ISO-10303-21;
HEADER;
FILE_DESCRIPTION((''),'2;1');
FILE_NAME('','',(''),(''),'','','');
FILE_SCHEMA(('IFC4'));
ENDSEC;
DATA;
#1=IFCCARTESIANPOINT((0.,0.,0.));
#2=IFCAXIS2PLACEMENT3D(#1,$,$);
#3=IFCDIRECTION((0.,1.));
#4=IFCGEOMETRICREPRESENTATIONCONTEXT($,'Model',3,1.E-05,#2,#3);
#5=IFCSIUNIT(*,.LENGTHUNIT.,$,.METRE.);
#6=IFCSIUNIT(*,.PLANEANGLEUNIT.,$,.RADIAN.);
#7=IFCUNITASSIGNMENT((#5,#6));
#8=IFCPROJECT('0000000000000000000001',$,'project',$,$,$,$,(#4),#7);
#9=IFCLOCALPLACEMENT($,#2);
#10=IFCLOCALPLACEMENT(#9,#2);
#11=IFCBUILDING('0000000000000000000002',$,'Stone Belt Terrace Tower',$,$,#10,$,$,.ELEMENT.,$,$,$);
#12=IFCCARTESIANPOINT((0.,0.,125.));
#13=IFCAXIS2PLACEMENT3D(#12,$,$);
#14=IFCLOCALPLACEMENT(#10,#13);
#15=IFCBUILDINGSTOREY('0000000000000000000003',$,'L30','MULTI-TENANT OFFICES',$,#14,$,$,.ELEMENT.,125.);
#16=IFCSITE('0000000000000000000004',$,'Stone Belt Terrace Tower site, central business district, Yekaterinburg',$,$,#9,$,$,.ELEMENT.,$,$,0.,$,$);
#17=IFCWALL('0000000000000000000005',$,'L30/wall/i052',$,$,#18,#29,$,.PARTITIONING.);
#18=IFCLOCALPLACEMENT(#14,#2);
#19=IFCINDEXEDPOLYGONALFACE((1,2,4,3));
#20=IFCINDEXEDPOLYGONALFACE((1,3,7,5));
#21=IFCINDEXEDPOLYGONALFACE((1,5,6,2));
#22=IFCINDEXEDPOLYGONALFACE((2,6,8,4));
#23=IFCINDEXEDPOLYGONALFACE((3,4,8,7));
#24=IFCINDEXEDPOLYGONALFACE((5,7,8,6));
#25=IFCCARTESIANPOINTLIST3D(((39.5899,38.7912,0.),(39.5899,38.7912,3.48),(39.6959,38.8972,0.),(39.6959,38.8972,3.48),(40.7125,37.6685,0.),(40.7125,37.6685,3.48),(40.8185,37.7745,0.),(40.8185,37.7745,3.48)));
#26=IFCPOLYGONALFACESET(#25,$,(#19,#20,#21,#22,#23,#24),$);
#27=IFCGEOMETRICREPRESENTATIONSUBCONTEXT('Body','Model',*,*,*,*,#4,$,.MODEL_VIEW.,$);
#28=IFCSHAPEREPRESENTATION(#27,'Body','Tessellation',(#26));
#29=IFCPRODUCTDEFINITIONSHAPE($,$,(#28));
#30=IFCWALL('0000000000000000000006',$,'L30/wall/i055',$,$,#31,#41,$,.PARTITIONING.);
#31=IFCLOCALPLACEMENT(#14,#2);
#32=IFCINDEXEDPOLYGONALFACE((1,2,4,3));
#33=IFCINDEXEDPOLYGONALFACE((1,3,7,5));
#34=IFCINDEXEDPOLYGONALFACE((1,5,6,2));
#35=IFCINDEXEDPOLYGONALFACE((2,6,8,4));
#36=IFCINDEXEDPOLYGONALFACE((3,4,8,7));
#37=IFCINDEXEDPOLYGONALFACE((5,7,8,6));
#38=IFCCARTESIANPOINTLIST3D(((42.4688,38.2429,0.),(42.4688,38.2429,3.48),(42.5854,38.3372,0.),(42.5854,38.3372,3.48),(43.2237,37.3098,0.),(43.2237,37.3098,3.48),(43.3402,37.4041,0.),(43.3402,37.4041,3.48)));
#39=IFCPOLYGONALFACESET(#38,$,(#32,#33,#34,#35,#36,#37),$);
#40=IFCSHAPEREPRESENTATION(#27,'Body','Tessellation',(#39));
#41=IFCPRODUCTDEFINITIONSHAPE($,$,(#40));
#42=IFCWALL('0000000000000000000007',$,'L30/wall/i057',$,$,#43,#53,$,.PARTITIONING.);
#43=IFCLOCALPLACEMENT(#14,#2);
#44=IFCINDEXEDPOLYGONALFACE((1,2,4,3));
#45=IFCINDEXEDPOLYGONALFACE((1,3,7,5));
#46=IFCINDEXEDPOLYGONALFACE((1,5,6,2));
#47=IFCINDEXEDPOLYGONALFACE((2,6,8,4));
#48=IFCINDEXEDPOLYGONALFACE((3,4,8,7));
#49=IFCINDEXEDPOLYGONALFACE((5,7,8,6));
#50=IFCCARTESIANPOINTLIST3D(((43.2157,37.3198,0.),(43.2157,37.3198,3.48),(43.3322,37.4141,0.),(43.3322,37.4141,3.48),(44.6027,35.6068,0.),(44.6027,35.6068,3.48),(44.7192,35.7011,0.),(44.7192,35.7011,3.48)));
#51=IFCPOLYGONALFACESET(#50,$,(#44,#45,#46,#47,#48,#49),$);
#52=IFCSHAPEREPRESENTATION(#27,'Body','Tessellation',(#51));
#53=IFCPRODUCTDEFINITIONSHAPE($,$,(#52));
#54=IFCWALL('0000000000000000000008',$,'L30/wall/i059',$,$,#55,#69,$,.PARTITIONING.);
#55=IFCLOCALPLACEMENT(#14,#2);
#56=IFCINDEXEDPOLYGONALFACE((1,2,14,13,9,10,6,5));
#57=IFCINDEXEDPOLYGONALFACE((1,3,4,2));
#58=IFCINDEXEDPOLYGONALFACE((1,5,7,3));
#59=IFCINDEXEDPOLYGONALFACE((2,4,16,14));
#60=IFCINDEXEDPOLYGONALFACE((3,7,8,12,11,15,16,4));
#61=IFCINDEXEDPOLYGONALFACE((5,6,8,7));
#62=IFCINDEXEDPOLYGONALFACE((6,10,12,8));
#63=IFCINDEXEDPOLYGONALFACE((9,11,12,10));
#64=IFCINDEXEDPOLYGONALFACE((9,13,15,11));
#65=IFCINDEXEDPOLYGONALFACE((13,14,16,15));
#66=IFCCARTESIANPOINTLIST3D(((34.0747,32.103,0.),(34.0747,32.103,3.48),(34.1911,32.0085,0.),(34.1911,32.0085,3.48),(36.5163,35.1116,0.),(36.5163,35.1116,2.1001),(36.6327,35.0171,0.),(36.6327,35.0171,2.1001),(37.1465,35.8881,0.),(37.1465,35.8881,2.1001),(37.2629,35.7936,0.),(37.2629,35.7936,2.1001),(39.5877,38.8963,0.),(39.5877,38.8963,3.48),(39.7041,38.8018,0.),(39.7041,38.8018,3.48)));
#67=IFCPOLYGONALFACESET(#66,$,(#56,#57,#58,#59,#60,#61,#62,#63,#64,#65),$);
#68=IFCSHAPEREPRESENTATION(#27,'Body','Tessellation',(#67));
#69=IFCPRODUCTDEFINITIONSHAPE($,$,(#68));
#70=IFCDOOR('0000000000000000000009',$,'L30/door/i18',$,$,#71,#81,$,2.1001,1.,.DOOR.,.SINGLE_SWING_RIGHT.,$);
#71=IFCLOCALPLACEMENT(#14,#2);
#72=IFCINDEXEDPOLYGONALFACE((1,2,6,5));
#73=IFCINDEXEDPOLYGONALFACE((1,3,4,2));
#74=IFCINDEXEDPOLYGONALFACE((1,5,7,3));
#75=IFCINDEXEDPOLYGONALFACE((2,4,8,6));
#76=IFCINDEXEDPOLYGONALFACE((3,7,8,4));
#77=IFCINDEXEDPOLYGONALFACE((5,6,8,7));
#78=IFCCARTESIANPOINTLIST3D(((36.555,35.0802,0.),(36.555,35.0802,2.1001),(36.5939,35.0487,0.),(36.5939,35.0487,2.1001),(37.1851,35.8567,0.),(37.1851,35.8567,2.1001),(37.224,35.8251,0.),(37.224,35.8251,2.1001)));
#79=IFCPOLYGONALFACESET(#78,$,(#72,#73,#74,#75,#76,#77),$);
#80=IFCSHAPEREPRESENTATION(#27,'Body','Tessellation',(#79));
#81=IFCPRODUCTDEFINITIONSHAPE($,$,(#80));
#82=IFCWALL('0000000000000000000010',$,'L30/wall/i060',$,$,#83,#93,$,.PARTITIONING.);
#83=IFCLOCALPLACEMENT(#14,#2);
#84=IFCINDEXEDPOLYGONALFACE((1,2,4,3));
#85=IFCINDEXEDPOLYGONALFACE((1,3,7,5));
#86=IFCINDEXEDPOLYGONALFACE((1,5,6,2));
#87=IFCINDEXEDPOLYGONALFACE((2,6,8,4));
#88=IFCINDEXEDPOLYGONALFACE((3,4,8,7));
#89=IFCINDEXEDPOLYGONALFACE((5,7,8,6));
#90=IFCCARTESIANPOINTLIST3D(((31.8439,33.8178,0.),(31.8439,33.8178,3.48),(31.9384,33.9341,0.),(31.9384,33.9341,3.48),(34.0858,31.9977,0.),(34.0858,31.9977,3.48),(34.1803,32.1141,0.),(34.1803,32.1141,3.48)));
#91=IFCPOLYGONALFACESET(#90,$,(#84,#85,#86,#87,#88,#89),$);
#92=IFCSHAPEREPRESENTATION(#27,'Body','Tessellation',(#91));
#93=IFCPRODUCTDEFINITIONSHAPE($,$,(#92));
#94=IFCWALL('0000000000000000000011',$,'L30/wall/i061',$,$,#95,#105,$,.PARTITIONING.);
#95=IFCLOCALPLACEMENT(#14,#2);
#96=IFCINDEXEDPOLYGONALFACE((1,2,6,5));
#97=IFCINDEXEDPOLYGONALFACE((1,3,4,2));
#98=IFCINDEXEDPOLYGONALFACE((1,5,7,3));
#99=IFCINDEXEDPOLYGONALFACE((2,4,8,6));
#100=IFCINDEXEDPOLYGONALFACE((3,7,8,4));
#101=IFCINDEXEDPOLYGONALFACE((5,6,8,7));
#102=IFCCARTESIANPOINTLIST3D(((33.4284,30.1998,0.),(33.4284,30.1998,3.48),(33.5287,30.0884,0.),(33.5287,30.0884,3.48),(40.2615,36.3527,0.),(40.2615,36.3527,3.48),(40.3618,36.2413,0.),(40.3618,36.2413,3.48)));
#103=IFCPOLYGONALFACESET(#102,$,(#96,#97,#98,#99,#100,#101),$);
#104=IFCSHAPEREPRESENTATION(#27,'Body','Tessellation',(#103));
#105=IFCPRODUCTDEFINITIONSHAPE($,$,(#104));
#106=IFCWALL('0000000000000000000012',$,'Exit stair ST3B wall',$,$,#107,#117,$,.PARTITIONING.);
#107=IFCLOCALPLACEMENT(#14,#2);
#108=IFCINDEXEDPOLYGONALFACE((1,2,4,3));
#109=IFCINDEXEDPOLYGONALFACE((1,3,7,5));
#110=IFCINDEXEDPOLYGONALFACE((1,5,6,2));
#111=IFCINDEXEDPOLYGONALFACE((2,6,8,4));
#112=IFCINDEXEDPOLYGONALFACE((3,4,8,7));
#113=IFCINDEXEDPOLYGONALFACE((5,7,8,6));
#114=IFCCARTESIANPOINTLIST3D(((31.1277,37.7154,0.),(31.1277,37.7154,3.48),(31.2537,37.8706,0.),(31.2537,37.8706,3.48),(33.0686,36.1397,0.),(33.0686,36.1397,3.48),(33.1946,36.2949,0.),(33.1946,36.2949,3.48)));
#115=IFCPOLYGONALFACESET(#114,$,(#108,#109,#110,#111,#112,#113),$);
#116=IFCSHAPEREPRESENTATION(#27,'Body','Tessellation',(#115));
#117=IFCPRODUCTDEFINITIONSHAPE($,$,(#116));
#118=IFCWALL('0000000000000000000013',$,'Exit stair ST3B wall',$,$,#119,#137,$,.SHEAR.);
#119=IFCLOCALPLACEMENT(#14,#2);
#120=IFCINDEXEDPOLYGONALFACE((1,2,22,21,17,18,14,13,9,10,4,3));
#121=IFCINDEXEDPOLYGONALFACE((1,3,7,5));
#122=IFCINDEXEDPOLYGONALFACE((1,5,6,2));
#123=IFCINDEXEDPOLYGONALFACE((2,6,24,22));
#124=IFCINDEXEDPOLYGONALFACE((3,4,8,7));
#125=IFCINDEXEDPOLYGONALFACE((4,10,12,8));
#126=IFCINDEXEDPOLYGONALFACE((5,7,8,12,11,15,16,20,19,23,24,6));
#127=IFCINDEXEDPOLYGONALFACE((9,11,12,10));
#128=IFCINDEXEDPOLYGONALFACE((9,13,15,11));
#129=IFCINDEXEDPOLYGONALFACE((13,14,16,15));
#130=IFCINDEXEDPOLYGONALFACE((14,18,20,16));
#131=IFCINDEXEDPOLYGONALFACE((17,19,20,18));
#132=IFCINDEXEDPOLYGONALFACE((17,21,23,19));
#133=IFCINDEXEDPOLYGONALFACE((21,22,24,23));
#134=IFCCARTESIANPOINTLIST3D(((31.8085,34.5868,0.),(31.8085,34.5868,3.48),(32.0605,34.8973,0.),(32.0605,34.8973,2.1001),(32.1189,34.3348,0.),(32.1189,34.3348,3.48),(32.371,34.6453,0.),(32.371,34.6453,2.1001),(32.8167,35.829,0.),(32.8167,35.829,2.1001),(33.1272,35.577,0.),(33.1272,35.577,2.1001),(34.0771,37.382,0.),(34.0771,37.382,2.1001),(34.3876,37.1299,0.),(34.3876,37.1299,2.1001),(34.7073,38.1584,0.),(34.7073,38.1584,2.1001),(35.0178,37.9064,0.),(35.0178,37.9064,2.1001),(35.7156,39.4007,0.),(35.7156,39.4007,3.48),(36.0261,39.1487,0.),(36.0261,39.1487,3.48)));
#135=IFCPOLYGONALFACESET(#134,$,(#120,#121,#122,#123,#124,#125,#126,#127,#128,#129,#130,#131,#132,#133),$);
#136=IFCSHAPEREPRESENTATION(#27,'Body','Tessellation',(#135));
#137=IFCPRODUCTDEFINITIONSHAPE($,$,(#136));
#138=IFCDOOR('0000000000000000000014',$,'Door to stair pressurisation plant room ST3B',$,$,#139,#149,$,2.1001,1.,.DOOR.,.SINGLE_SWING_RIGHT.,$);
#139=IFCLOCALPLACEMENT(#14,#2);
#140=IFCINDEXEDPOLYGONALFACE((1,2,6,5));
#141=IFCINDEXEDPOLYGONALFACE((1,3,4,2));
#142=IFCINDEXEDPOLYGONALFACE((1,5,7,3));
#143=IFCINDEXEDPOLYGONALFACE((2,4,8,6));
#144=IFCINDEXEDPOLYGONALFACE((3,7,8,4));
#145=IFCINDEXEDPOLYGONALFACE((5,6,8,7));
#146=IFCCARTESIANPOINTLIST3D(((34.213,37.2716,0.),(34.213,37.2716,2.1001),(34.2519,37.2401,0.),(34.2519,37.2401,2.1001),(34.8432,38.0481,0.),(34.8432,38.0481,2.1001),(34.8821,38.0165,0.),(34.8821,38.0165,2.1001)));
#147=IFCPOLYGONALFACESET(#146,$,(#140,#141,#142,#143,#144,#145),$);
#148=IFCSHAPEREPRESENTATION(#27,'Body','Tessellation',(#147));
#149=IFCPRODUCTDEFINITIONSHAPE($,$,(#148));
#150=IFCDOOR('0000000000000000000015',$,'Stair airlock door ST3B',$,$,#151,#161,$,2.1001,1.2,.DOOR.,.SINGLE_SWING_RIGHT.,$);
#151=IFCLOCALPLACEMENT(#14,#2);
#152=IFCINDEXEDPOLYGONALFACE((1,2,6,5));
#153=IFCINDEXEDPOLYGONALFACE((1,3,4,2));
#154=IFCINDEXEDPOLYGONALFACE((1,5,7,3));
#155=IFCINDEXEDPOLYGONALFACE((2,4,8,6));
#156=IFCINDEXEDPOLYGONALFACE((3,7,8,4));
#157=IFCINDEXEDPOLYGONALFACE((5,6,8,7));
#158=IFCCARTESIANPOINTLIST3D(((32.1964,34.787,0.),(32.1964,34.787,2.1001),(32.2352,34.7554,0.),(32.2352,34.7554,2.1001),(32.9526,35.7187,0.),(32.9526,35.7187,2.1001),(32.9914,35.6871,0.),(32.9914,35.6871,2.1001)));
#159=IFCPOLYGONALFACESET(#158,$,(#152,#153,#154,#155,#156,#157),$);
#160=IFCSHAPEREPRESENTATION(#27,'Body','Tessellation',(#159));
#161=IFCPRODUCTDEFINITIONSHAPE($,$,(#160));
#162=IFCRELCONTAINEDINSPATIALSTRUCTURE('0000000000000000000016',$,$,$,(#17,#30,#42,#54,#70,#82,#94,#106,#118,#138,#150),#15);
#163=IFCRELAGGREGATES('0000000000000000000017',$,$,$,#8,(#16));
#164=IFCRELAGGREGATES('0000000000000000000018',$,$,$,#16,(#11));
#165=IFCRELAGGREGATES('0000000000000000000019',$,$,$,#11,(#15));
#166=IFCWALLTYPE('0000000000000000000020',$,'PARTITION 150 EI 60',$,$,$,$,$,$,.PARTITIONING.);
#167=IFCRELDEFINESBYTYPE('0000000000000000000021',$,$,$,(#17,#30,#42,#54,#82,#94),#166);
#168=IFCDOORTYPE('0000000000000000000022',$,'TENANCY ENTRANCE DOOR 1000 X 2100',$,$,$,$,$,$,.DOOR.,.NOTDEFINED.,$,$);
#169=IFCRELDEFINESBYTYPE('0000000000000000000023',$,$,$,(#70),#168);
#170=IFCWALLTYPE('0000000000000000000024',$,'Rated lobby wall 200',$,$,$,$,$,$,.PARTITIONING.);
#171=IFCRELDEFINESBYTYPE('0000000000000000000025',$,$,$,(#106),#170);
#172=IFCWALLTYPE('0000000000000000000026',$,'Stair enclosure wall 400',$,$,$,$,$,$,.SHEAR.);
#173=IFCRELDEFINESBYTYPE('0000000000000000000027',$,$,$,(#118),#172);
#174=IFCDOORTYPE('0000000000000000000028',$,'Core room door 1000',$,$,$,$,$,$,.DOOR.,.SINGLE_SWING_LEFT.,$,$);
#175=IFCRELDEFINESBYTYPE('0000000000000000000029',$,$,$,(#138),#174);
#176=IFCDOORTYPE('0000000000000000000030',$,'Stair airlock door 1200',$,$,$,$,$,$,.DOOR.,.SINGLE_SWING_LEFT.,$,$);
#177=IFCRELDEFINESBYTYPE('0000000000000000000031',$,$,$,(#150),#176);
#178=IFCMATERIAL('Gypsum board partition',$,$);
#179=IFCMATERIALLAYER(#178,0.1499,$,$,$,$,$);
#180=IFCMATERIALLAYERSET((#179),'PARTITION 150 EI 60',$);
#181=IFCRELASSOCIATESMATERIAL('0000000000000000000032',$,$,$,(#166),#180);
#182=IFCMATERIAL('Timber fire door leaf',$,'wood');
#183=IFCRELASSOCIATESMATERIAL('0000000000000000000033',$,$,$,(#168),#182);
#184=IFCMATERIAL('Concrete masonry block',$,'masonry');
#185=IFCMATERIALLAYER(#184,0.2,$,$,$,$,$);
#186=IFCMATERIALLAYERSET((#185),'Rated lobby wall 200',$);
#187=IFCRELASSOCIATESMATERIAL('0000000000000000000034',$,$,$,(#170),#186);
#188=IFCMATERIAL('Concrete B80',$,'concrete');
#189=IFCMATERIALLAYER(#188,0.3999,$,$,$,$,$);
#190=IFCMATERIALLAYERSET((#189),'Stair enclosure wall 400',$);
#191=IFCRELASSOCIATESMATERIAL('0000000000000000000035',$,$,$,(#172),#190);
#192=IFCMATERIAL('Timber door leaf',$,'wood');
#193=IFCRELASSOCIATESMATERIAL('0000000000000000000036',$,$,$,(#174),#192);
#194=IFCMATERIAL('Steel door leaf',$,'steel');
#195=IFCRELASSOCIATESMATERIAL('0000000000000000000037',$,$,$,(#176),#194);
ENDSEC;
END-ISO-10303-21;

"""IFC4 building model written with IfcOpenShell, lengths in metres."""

from ifc_helpers import new_model, si_unit, direction, frame, frame_2d, origin, place, context, subcontext, project, spatial, rectangle, extrude, material, layer, layer_set, type_object, element, fill, save


model = new_model("IFC4")

# Units and contexts
model_context = context("Model", 3, precision=1e-05, world=origin(), true_north=direction((0.0, 1.0)))
body_context = subcontext(model_context, "Body", "Model", "MODEL_VIEW")
ifc_project = project(units=[si_unit("LENGTHUNIT", "METRE"), si_unit("PLANEANGLEUNIT", "RADIAN")], contexts=[model_context])

# Site, building, storey
site_placement = place(None, origin())
site = spatial("IfcSite", under=ifc_project, at=site_placement, Name="Stone Belt Terrace Tower site, central business district, Yekaterinburg", CompositionType="ELEMENT", RefElevation=0.0)
building_placement = place(site_placement, origin())
building = spatial("IfcBuilding", under=site, at=building_placement, Name="Stone Belt Terrace Tower", CompositionType="ELEMENT")
storey_placement = place(building_placement, frame((0.0, 0.0, 125.0)))
storey = spatial("IfcBuildingStorey", under=building, at=storey_placement, Name="L30", Description="MULTI-TENANT OFFICES", CompositionType="ELEMENT", Elevation=125.0)

# Shared definitions
ifc_material_1 = material(Name="Concrete B80", Category="concrete")

# Walls
ifc_material_2 = material(Name="Gypsum board partition")
ifc_layer_1 = layer(ifc_material_2, 0.1499)
ifc_layer_set_1 = layer_set([ifc_layer_1], Name="PARTITION 150 EI 60")
wall_type_1 = type_object("IfcWallType", Name="PARTITION 150 EI 60", PredefinedType="PARTITIONING", material=ifc_layer_set_1)
wall_1_placement = place(storey_placement, frame((40.7656, 37.7214, 0.0), z_axis=(0.0, 0.0, 1.0), x_axis=(-0.707107, 0.707107, 0.0)))
element("IfcWall", 1, at=wall_1_placement, inside=storey, type_object=wall_type_1, Name="L30/wall/i052", PredefinedType="PARTITIONING", context=body_context, shape_type="SweptSolid", body=[
    extrude(rectangle(XDim=1.5876, YDim=0.1499, at=frame_2d((0.7939, 0.0))), origin(), (0.0, 0.0, 1.0), 3.48),
])
wall_2_placement = place(storey_placement, frame((42.5271, 38.29, 0.0), z_axis=(0.0, 0.0, 1.0), x_axis=(0.628952, -0.777444, 0.0)))
element("IfcWall", 2, at=wall_2_placement, inside=storey, type_object=wall_type_1, Name="L30/wall/i055", PredefinedType="PARTITIONING", context=body_context, shape_type="SweptSolid", body=[
    extrude(rectangle(XDim=1.2002, YDim=0.1499, at=frame_2d((0.6001, 0.0))), origin(), (0.0, 0.0, 1.0), 3.48),
])
wall_3_placement = place(storey_placement, frame((43.2739, 37.3669, 0.0), z_axis=(0.0, 0.0, 1.0), x_axis=(0.629291, -0.77717, 0.0)))
element("IfcWall", 3, at=wall_3_placement, inside=storey, type_object=wall_type_1, Name="L30/wall/i057", PredefinedType="PARTITIONING", context=body_context, shape_type="SweptSolid", body=[
    extrude(rectangle(XDim=2.2041, YDim=0.1499, at=frame_2d((1.1021, 0.0))), origin(), (0.0, 0.0, 1.0), 3.48),
])

# Wall, opening, door
wall_4_placement = place(storey_placement, frame((39.646, 38.8491, 0.0), z_axis=(0.0, 0.0, 1.0), x_axis=(-0.630142, -0.77648, 0.0)))
wall_4 = element("IfcWall", 4, at=wall_4_placement, inside=storey, type_object=wall_type_1, Name="L30/wall/i059", PredefinedType="PARTITIONING", context=body_context, shape_type="SweptSolid", body=[
    extrude(rectangle(XDim=8.7488, YDim=0.1499, at=frame_2d((4.3745, 0.0))), origin(), (0.0, 0.0, 1.0), 3.48),
])
opening_1_placement = place(wall_4_placement, frame((3.8743, 0.0, 0.0)))
opening_1 = element("IfcOpeningElement", 5, at=opening_1_placement, cuts=wall_4, PredefinedType="OPENING", context=body_context, shape_type="SweptSolid", body=[
    extrude(rectangle(XDim=1.0, YDim=2.1001, at=frame_2d((0.5, 1.05))), frame((0.0, 0.085, 0.0), z_axis=(0.0, -1.0, 0.0), x_axis=(1.0, 0.0, 0.0)), (0.0, 0.0, 1.0), 0.1699),
])
ifc_material_3 = material(Name="Timber fire door leaf", Category="wood")
door_type_1 = type_object("IfcDoorType", Name="TENANCY ENTRANCE DOOR 1000 X 2100", OperationType="NOTDEFINED", PredefinedType="DOOR", material=ifc_material_3)
door_1_placement = place(opening_1_placement, origin())
door_1 = element("IfcDoor", 6, at=door_1_placement, inside=storey, type_object=door_type_1, Name="L30/door/i18", OperationType="SINGLE_SWING_RIGHT", OverallHeight=2.1001, OverallWidth=1.0, PredefinedType="DOOR", context=body_context, shape_type="SweptSolid", body=[
    extrude(rectangle(XDim=1.0, YDim=2.1001, at=frame_2d((0.5, 1.05))), frame((0.0, 0.0249, 0.0), z_axis=(0.0, -1.0, 0.0), x_axis=(1.0, 0.0, 0.0)), (0.0, 0.0, 1.0), 0.05),
])
fill(opening_1, door_1)

# Walls
wall_5_placement = place(storey_placement, frame((34.1331, 32.0559, 0.0), z_axis=(0.0, 0.0, 1.0), x_axis=(-0.77637, 0.630277, 0.0)))
element("IfcWall", 7, at=wall_5_placement, inside=storey, type_object=wall_type_1, Name="L30/wall/i060", PredefinedType="PARTITIONING", context=body_context, shape_type="SweptSolid", body=[
    extrude(rectangle(XDim=2.8877, YDim=0.1499, at=frame_2d((1.4438, 0.0))), origin(), (0.0, 0.0, 1.0), 3.48),
])
wall_6_placement = place(storey_placement, frame((40.3118, 36.2971, 0.0), z_axis=(0.0, 0.0, 1.0), x_axis=(-0.743125, -0.669152, 0.0)))
element("IfcWall", 8, at=wall_6_placement, inside=storey, type_object=wall_type_1, Name="L30/wall/i061", PredefinedType="PARTITIONING", context=body_context, shape_type="SweptSolid", body=[
    extrude(rectangle(XDim=9.1951, YDim=0.1499, at=frame_2d((4.5977, 0.0))), origin(), (0.0, 0.0, 1.0), 3.48),
])
ifc_material_4 = material(Name="Concrete masonry block", Category="masonry")
ifc_layer_2 = layer(ifc_material_4, 0.2)
ifc_layer_set_2 = layer_set([ifc_layer_2], Name="Rated lobby wall 200")
wall_type_2 = type_object("IfcWallType", Name="Rated lobby wall 200", PredefinedType="PARTITIONING", material=ifc_layer_set_2)
wall_7_placement = place(storey_placement, frame((31.1907, 37.793, 0.0), z_axis=(0.0, 0.0, 1.0), x_axis=(0.776371, -0.630276, 0.0)))
element("IfcWall", 9, at=wall_7_placement, inside=storey, type_object=wall_type_2, Name="Exit stair ST3B wall", PredefinedType="PARTITIONING", context=body_context, shape_type="SweptSolid", body=[
    extrude(rectangle(XDim=2.5, YDim=0.2, at=frame_2d((1.25, 0.0))), origin(), (0.0, 0.0, 1.0), 3.48),
])

# Wall, openings, doors
ifc_layer_3 = layer(ifc_material_1, 0.3999)
ifc_layer_set_3 = layer_set([ifc_layer_3], Name="Stair enclosure wall 400")
wall_type_3 = type_object("IfcWallType", Name="Stair enclosure wall 400", PredefinedType="SHEAR", material=ifc_layer_set_3)
wall_8_placement = place(storey_placement, frame((31.9636, 34.4607, 0.0), z_axis=(0.0, 0.0, 1.0), x_axis=(0.630192, 0.776439, 0.0)))
wall_8 = element("IfcWall", 10, at=wall_8_placement, inside=storey, type_object=wall_type_3, Name="Exit stair ST3B wall", PredefinedType="SHEAR", context=body_context, shape_type="SweptSolid", body=[
    extrude(rectangle(XDim=6.2, YDim=0.3999, at=frame_2d((3.1001, 0.0))), origin(), (0.0, 0.0, 1.0), 3.48),
])
opening_2_placement = place(wall_8_placement, frame((0.3999, 0.0, 0.0)))
opening_2 = element("IfcOpeningElement", 11, at=opening_2_placement, cuts=wall_8, PredefinedType="OPENING", context=body_context, shape_type="SweptSolid", body=[
    extrude(rectangle(XDim=1.2, YDim=2.1001, at=frame_2d((0.6001, 1.05))), frame((0.0, 0.21, 0.0), z_axis=(0.0, -1.0, 0.0), x_axis=(1.0, 0.0, 0.0)), (0.0, 0.0, 1.0), 0.4199),
])
opening_3_placement = place(wall_8_placement, frame((3.6001, 0.0, 0.0)))
opening_3 = element("IfcOpeningElement", 12, at=opening_3_placement, cuts=wall_8, PredefinedType="OPENING", context=body_context, shape_type="SweptSolid", body=[
    extrude(rectangle(XDim=1.0, YDim=2.1001, at=frame_2d((0.5, 1.05))), frame((0.0, 0.21, 0.0), z_axis=(0.0, -1.0, 0.0), x_axis=(1.0, 0.0, 0.0)), (0.0, 0.0, 1.0), 0.4199),
])
ifc_material_5 = material(Name="Timber door leaf", Category="wood")
door_type_2 = type_object("IfcDoorType", Name="Core room door 1000", OperationType="SINGLE_SWING_LEFT", PredefinedType="DOOR", material=ifc_material_5)
door_2_placement = place(opening_3_placement, origin())
door_2 = element("IfcDoor", 13, at=door_2_placement, inside=storey, type_object=door_type_2, Name="Door to stair pressurisation plant room ST3B", OperationType="SINGLE_SWING_RIGHT", OverallHeight=2.1001, OverallWidth=1.0, PredefinedType="DOOR", context=body_context, shape_type="SweptSolid", body=[
    extrude(rectangle(XDim=1.0, YDim=2.1001, at=frame_2d((0.5, 1.05))), frame((0.0, 0.0249, 0.0), z_axis=(0.0, -1.0, 0.0), x_axis=(1.0, 0.0, 0.0)), (0.0, 0.0, 1.0), 0.05),
])
fill(opening_3, door_2)
ifc_material_6 = material(Name="Steel door leaf", Category="steel")
door_type_3 = type_object("IfcDoorType", Name="Stair airlock door 1200", OperationType="SINGLE_SWING_LEFT", PredefinedType="DOOR", material=ifc_material_6)
door_3_placement = place(opening_2_placement, origin())
door_3 = element("IfcDoor", 14, at=door_3_placement, inside=storey, type_object=door_type_3, Name="Stair airlock door ST3B", OperationType="SINGLE_SWING_RIGHT", OverallHeight=2.1001, OverallWidth=1.2, PredefinedType="DOOR", context=body_context, shape_type="SweptSolid", body=[
    extrude(rectangle(XDim=1.2, YDim=2.1001, at=frame_2d((0.6001, 1.05))), frame((0.0, 0.0249, 0.0), z_axis=(0.0, -1.0, 0.0), x_axis=(1.0, 0.0, 0.0)), (0.0, 0.0, 1.0), 0.05),
])
fill(opening_2, door_3)

save(model, "model.ifc")
